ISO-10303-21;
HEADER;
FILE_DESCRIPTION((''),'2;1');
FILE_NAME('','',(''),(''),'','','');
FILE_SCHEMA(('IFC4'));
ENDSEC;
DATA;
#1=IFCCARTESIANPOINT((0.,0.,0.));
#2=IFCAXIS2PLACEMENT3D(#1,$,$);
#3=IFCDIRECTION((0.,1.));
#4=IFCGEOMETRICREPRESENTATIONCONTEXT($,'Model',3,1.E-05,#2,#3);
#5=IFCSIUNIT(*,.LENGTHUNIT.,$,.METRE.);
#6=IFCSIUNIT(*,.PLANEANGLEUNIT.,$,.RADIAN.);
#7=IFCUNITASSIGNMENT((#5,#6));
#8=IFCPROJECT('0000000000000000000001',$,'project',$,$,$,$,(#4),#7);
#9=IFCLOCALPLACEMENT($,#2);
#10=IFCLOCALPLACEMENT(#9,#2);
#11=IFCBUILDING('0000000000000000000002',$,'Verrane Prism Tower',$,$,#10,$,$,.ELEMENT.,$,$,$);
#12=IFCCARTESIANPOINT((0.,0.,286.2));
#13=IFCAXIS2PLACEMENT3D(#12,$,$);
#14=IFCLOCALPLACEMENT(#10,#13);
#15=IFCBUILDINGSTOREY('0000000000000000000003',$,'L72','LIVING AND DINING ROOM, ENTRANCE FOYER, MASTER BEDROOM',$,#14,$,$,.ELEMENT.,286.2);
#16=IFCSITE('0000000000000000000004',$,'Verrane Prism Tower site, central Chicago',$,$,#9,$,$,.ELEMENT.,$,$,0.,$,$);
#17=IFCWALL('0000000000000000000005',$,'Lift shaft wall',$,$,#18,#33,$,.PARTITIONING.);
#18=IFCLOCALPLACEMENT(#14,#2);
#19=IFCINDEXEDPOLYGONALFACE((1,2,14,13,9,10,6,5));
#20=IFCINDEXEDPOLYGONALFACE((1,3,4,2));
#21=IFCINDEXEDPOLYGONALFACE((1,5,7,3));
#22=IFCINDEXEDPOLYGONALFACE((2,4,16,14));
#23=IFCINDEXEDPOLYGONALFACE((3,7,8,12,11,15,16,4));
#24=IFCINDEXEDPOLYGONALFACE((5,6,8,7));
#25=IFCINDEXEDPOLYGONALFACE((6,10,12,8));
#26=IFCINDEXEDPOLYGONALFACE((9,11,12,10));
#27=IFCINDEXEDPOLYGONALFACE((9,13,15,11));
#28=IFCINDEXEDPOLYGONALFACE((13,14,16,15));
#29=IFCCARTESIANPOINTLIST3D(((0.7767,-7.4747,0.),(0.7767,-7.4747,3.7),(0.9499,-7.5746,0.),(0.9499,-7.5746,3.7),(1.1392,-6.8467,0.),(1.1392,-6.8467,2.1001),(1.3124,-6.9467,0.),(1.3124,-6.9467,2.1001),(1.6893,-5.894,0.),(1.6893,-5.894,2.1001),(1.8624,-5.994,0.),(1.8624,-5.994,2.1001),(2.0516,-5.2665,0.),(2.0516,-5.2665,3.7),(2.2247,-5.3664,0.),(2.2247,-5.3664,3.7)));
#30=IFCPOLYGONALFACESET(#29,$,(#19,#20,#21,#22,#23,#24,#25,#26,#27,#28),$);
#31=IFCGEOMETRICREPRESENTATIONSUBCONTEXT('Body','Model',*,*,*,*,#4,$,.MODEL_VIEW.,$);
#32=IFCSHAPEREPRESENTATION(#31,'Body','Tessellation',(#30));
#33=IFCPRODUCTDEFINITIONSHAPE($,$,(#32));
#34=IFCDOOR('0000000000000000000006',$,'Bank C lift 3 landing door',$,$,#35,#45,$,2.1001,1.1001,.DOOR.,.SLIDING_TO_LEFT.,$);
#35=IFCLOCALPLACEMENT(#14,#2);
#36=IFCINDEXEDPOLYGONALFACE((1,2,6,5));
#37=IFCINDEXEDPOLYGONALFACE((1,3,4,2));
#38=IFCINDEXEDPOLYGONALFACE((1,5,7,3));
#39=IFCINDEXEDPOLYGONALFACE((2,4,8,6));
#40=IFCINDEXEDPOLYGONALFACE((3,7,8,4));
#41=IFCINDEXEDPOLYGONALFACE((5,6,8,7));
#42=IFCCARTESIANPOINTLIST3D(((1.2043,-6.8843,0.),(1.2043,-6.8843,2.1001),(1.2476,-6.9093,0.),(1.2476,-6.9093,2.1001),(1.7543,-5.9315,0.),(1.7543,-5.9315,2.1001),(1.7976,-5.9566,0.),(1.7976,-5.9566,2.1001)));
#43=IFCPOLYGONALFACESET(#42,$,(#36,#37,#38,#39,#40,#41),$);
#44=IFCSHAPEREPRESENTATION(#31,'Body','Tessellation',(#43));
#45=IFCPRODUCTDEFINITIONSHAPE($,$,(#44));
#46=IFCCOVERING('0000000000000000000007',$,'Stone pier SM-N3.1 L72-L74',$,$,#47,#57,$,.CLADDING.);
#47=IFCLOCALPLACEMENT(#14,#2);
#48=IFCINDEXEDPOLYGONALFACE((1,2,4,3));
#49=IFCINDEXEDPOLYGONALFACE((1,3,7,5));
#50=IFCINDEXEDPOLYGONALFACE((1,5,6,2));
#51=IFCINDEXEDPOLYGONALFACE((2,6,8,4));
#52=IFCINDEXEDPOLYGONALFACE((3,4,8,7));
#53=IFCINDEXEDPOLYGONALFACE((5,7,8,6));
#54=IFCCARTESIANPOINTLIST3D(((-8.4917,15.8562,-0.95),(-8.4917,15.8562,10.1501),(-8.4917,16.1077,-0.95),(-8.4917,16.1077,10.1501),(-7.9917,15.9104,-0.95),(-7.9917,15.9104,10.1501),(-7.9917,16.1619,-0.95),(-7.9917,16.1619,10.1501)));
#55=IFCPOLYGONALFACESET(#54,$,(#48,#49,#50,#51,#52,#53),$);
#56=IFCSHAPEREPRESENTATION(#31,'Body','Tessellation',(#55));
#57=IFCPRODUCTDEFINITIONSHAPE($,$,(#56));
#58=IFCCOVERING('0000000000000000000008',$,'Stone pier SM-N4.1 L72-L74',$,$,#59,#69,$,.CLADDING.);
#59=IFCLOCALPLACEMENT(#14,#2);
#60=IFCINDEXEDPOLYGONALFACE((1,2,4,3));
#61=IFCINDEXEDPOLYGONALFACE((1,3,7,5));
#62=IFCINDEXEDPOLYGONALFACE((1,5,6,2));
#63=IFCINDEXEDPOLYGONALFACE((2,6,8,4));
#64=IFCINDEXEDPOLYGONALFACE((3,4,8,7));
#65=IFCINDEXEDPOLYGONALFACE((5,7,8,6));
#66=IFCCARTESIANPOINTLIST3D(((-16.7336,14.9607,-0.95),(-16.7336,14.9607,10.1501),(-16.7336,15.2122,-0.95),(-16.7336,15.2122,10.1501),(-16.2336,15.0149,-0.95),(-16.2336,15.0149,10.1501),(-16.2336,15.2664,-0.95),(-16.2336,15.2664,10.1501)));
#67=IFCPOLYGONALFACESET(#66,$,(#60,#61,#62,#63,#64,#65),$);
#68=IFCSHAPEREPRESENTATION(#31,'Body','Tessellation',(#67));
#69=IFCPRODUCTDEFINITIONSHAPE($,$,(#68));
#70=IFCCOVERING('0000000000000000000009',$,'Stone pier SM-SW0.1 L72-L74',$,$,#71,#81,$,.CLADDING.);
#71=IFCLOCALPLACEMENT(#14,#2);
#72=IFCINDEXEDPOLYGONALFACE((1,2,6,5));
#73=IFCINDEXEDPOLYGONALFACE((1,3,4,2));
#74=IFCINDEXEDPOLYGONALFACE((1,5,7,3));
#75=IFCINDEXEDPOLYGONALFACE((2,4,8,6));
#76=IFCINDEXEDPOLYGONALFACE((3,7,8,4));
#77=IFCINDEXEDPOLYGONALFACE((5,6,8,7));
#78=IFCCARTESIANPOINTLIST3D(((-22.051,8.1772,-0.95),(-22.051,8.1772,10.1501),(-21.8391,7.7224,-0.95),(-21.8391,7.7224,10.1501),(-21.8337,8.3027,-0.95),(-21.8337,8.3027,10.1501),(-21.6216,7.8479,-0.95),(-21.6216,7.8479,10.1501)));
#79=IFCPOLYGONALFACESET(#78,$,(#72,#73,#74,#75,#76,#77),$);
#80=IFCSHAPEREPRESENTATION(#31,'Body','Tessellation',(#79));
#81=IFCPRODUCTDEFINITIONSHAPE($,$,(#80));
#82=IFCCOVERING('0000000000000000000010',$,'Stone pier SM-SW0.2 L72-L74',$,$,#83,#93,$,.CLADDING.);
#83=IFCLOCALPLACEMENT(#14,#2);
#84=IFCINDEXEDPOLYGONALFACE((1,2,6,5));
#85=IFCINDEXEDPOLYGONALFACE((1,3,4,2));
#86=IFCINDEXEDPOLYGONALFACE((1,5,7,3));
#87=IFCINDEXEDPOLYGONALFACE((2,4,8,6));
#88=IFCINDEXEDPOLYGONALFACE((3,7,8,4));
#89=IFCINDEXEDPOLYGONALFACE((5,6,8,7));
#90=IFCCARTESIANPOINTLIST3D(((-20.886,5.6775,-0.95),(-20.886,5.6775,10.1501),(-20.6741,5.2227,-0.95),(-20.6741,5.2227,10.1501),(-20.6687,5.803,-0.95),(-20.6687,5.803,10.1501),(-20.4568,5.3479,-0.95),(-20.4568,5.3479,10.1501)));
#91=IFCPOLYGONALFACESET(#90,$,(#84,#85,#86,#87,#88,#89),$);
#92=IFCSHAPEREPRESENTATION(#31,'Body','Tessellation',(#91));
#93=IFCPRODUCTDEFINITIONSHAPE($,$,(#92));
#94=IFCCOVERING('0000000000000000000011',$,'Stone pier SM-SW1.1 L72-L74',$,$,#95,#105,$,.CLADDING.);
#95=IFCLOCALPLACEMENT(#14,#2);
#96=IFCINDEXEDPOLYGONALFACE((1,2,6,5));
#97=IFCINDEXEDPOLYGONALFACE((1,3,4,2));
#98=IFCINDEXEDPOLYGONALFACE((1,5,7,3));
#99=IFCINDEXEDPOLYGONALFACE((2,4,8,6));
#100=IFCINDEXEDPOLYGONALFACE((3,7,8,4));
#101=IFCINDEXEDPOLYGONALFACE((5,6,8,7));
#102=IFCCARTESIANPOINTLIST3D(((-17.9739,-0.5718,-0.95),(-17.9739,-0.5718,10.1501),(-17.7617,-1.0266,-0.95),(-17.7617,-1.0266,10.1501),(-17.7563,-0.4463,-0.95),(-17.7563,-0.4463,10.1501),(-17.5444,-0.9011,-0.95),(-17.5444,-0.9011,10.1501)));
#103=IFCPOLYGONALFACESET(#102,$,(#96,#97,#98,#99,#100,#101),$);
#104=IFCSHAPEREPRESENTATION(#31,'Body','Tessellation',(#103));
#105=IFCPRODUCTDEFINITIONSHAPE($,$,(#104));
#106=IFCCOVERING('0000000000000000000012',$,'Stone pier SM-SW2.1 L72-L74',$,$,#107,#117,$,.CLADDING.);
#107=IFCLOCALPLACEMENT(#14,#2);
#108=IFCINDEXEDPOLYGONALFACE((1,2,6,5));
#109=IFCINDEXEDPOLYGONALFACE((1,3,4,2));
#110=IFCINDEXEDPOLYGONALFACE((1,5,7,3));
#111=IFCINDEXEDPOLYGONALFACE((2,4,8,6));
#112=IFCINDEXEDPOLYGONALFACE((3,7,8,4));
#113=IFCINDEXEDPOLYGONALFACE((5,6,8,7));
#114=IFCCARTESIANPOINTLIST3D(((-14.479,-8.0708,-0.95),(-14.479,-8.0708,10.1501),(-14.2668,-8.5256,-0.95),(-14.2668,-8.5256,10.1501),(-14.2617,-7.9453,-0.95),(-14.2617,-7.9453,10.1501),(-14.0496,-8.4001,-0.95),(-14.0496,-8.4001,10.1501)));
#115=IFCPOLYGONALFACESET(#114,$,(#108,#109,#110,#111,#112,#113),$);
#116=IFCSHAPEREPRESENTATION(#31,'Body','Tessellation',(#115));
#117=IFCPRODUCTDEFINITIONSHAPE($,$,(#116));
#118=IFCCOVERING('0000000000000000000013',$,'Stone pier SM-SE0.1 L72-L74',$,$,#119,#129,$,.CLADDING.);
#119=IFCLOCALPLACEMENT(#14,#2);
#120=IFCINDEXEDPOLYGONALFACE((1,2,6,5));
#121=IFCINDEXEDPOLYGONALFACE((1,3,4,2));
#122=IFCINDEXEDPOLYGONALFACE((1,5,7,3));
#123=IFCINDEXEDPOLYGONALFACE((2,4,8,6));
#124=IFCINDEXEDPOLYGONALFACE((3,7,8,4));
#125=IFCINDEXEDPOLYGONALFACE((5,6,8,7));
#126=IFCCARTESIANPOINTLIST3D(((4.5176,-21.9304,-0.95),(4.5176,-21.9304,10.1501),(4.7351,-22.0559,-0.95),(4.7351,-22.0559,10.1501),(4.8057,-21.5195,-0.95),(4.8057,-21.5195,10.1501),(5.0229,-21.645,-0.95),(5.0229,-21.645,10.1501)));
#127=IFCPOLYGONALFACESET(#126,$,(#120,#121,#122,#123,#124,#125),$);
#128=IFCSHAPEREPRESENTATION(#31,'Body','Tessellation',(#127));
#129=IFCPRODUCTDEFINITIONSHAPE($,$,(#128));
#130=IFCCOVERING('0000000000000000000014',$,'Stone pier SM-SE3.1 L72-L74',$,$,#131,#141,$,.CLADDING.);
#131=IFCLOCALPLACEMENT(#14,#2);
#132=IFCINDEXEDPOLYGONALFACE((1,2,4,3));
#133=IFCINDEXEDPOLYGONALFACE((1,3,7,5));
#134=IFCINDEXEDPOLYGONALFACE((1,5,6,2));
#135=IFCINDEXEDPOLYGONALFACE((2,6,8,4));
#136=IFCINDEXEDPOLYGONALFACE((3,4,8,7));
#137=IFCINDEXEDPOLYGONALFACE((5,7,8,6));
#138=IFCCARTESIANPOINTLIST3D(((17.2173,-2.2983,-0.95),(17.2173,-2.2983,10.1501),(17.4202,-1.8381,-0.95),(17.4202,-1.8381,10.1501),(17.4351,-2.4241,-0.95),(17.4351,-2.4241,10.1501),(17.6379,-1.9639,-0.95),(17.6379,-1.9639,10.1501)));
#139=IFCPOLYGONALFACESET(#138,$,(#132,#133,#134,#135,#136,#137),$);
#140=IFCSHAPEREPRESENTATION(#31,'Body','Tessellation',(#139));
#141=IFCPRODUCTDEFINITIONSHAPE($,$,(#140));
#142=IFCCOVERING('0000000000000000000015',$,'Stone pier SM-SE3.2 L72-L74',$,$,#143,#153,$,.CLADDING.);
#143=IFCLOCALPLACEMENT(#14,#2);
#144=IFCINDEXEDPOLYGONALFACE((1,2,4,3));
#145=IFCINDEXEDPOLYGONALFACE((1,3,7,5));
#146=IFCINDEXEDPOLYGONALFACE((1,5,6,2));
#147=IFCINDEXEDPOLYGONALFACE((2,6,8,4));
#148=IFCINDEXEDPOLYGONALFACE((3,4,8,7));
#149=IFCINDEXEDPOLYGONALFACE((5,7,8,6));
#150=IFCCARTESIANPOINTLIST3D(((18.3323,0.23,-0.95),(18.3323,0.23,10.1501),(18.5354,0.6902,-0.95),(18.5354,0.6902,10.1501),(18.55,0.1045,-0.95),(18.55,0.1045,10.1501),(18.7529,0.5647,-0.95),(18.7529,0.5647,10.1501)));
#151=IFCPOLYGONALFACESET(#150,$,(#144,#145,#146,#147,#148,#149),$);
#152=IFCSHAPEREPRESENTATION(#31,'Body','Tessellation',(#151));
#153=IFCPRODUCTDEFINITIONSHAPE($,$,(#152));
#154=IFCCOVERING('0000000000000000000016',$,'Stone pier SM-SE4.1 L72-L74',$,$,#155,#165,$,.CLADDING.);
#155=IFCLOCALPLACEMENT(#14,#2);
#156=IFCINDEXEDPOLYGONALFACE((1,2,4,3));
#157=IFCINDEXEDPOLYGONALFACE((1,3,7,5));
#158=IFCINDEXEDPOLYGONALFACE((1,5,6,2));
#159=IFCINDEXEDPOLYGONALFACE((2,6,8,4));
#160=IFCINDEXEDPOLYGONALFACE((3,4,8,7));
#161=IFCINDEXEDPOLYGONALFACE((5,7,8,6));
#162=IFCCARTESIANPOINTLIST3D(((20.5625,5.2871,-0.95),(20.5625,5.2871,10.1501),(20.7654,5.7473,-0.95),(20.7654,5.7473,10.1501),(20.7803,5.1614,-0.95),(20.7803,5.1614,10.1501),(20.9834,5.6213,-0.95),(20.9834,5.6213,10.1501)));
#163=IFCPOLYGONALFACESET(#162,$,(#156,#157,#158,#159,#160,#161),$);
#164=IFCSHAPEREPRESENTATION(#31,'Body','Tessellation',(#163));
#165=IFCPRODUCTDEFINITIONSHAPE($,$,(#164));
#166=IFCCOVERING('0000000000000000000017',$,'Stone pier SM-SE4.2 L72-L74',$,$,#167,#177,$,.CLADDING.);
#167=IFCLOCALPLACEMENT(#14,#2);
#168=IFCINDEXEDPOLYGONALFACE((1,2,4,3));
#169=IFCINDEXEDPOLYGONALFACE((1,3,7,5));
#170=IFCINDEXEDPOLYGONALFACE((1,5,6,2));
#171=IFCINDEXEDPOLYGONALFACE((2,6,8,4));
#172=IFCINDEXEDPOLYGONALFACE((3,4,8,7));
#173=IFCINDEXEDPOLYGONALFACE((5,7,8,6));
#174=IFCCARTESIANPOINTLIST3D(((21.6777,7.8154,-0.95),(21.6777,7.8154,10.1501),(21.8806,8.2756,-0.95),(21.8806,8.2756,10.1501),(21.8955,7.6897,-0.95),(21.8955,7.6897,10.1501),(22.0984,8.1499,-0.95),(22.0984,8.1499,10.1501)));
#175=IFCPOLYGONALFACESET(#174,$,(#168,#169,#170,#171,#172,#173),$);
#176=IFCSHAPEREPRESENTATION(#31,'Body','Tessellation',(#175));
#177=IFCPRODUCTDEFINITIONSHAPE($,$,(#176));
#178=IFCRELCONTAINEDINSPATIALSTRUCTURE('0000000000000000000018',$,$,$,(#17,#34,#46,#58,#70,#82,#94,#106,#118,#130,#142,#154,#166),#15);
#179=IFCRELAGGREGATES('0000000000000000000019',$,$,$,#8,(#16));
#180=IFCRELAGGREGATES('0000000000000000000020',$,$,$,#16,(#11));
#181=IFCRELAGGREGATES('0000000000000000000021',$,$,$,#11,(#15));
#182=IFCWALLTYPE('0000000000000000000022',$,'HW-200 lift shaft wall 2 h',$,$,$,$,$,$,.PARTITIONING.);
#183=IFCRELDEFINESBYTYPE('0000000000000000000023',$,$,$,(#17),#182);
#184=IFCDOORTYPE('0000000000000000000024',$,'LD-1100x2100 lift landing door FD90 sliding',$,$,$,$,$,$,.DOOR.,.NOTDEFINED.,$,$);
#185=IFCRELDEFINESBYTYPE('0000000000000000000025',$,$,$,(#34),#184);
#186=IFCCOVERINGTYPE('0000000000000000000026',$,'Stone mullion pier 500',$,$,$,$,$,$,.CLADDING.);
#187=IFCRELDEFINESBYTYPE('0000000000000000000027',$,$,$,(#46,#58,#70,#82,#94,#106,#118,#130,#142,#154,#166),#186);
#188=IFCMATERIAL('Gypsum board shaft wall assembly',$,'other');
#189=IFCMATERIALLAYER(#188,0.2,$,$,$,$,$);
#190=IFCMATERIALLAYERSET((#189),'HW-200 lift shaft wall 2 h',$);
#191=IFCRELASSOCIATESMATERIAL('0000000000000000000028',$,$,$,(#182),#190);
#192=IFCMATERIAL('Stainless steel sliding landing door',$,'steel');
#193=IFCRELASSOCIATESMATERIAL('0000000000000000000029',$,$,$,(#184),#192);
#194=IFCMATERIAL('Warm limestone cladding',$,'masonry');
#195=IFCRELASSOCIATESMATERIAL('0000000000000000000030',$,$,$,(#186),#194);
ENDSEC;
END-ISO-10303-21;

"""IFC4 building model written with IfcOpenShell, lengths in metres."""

from ifc_helpers import new_model, si_unit, direction, frame, frame_2d, origin, place, context, subcontext, project, spatial, polyline, rectangle, outline, extrude, material, layer, layer_set, type_object, element, fill, save


model = new_model("IFC4")

# Units and contexts
model_context = context("Model", 3, precision=1e-05, world=origin(), true_north=direction((0.0, 1.0)))
body_context = subcontext(model_context, "Body", "Model", "MODEL_VIEW")
ifc_project = project(units=[si_unit("LENGTHUNIT", "METRE"), si_unit("PLANEANGLEUNIT", "RADIAN")], contexts=[model_context])

# Site, building, storey
site_placement = place(None, origin())
site = spatial("IfcSite", under=ifc_project, at=site_placement, Name="Verrane Prism Tower site, central Chicago", CompositionType="ELEMENT", RefElevation=0.0)
building_placement = place(site_placement, origin())
building = spatial("IfcBuilding", under=site, at=building_placement, Name="Verrane Prism Tower", CompositionType="ELEMENT")
storey_placement = place(building_placement, frame((0.0, 0.0, 286.2)))
storey = spatial("IfcBuildingStorey", under=building, at=storey_placement, Name="L72", Description="LIVING AND DINING ROOM, ENTRANCE FOYER, MASTER BEDROOM", CompositionType="ELEMENT", Elevation=286.2)

# Wall, opening, door
ifc_material_1 = material(Name="Gypsum board shaft wall assembly", Category="other")
ifc_layer_1 = layer(ifc_material_1, 0.2)
ifc_layer_set_1 = layer_set([ifc_layer_1], Name="HW-200 lift shaft wall 2 h")
wall_type = type_object("IfcWallType", Name="HW-200 lift shaft wall 2 h", PredefinedType="PARTITIONING", material=ifc_layer_set_1)
wall_placement = place(storey_placement, frame((0.8633, -7.5247, 0.0), z_axis=(0.0, 0.0, 1.0), x_axis=(0.49999, 0.866031, 0.0)))
wall = element("IfcWall", 1, at=wall_placement, inside=storey, type_object=wall_type, Name="Lift shaft wall", PredefinedType="PARTITIONING", context=body_context, shape_type="SweptSolid", body=[
    extrude(rectangle(XDim=2.5498, YDim=0.2, at=frame_2d((1.2749, 0.0))), origin(), (0.0, 0.0, 1.0), 3.7),
])
opening_placement = place(wall_placement, frame((0.7251, 0.0, 0.0)))
opening = element("IfcOpeningElement", 2, at=opening_placement, cuts=wall, PredefinedType="OPENING", context=body_context, shape_type="SweptSolid", body=[
    extrude(rectangle(XDim=1.1001, YDim=2.1001, at=frame_2d((0.55, 1.05))), frame((0.0, 0.1099, 0.0), z_axis=(0.0, -1.0, 0.0), x_axis=(1.0, 0.0, 0.0)), (0.0, 0.0, 1.0), 0.22),
])
ifc_material_2 = material(Name="Stainless steel sliding landing door", Category="steel")
door_type = type_object("IfcDoorType", Name="LD-1100x2100 lift landing door FD90 sliding", OperationType="NOTDEFINED", PredefinedType="DOOR", material=ifc_material_2)
door_placement = place(opening_placement, origin())
door = element("IfcDoor", 3, at=door_placement, inside=storey, type_object=door_type, Name="Bank C lift 3 landing door", OperationType="SLIDING_TO_LEFT", OverallHeight=2.1001, OverallWidth=1.1001, PredefinedType="DOOR", context=body_context, shape_type="SweptSolid", body=[
    extrude(rectangle(XDim=1.1001, YDim=2.1001, at=frame_2d((0.55, 1.05))), frame((0.0, 0.0249, 0.0), z_axis=(0.0, -1.0, 0.0), x_axis=(1.0, 0.0, 0.0)), (0.0, 0.0, 1.0), 0.05),
])
fill(opening, door)

# Coverings
ifc_material_3 = material(Name="Warm limestone cladding", Category="masonry")
covering_type_1 = type_object("IfcCoveringType", Name="Stone mullion pier 500", PredefinedType="CLADDING", material=ifc_material_3)
covering_1_placement = place(storey_placement, frame((0.0, 0.0, -0.95)))
element("IfcCovering", 4, at=covering_1_placement, inside=storey, type_object=covering_type_1, Name="Stone pier SM-N3.1 L72-L74", PredefinedType="CLADDING", context=body_context, shape_type="SweptSolid", body=[
    extrude(outline(polyline([(-8.4917, 15.8562), (-7.9917, 15.9104), (-7.9917, 16.1619), (-8.4917, 16.1077), (-8.4917, 15.8562)])), origin(), (0.0, 0.0, 1.0), 11.1001),
])
covering_2_placement = place(storey_placement, frame((0.0, 0.0, -0.95)))
element("IfcCovering", 5, at=covering_2_placement, inside=storey, type_object=covering_type_1, Name="Stone pier SM-N4.1 L72-L74", PredefinedType="CLADDING", context=body_context, shape_type="SweptSolid", body=[
    extrude(outline(polyline([(-16.7336, 14.9607), (-16.2336, 15.0149), (-16.2336, 15.2664), (-16.7336, 15.2122), (-16.7336, 14.9607)])), origin(), (0.0, 0.0, 1.0), 11.1001),
])
covering_3_placement = place(storey_placement, frame((0.0, 0.0, -0.95)))
element("IfcCovering", 6, at=covering_3_placement, inside=storey, type_object=covering_type_1, Name="Stone pier SM-SW0.1 L72-L74", PredefinedType="CLADDING", context=body_context, shape_type="SweptSolid", body=[
    extrude(outline(polyline([(-21.6216, 7.8479), (-21.8337, 8.3027), (-22.051, 8.1772), (-21.8391, 7.7224), (-21.6216, 7.8479)])), origin(), (0.0, 0.0, 1.0), 11.1001),
])
covering_4_placement = place(storey_placement, frame((0.0, 0.0, -0.95)))
element("IfcCovering", 7, at=covering_4_placement, inside=storey, type_object=covering_type_1, Name="Stone pier SM-SW0.2 L72-L74", PredefinedType="CLADDING", context=body_context, shape_type="SweptSolid", body=[
    extrude(outline(polyline([(-20.4568, 5.3479), (-20.6687, 5.803), (-20.886, 5.6775), (-20.6741, 5.2227), (-20.4568, 5.3479)])), origin(), (0.0, 0.0, 1.0), 11.1001),
])
covering_5_placement = place(storey_placement, frame((0.0, 0.0, -0.95)))
element("IfcCovering", 8, at=covering_5_placement, inside=storey, type_object=covering_type_1, Name="Stone pier SM-SW1.1 L72-L74", PredefinedType="CLADDING", context=body_context, shape_type="SweptSolid", body=[
    extrude(outline(polyline([(-17.5444, -0.9011), (-17.7563, -0.4463), (-17.9739, -0.5718), (-17.7617, -1.0266), (-17.5444, -0.9011)])), origin(), (0.0, 0.0, 1.0), 11.1001),
])
covering_6_placement = place(storey_placement, frame((0.0, 0.0, -0.95)))
element("IfcCovering", 9, at=covering_6_placement, inside=storey, type_object=covering_type_1, Name="Stone pier SM-SW2.1 L72-L74", PredefinedType="CLADDING", context=body_context, shape_type="SweptSolid", body=[
    extrude(outline(polyline([(-14.0496, -8.4001), (-14.2617, -7.9453), (-14.479, -8.0708), (-14.2668, -8.5256), (-14.0496, -8.4001)])), origin(), (0.0, 0.0, 1.0), 11.1001),
])
covering_7_placement = place(storey_placement, frame((0.0, 0.0, -0.95)))
element("IfcCovering", 10, at=covering_7_placement, inside=storey, type_object=covering_type_1, Name="Stone pier SM-SE0.1 L72-L74", PredefinedType="CLADDING", context=body_context, shape_type="SweptSolid", body=[
    extrude(outline(polyline([(4.8057, -21.5195), (4.5176, -21.9304), (4.7351, -22.0559), (5.0229, -21.645), (4.8057, -21.5195)])), origin(), (0.0, 0.0, 1.0), 11.1001),
])
covering_8_placement = place(storey_placement, frame((0.0, 0.0, -0.95)))
element("IfcCovering", 11, at=covering_8_placement, inside=storey, type_object=covering_type_1, Name="Stone pier SM-SE3.1 L72-L74", PredefinedType="CLADDING", context=body_context, shape_type="SweptSolid", body=[
    extrude(outline(polyline([(17.4202, -1.8381), (17.2173, -2.2983), (17.4351, -2.4241), (17.6379, -1.9639), (17.4202, -1.8381)])), origin(), (0.0, 0.0, 1.0), 11.1001),
])
covering_9_placement = place(storey_placement, frame((0.0, 0.0, -0.95)))
element("IfcCovering", 12, at=covering_9_placement, inside=storey, type_object=covering_type_1, Name="Stone pier SM-SE3.2 L72-L74", PredefinedType="CLADDING", context=body_context, shape_type="SweptSolid", body=[
    extrude(outline(polyline([(18.5354, 0.6902), (18.3323, 0.23), (18.55, 0.1045), (18.7529, 0.5647), (18.5354, 0.6902)])), origin(), (0.0, 0.0, 1.0), 11.1001),
])
covering_10_placement = place(storey_placement, frame((0.0, 0.0, -0.95)))
element("IfcCovering", 13, at=covering_10_placement, inside=storey, type_object=covering_type_1, Name="Stone pier SM-SE4.1 L72-L74", PredefinedType="CLADDING", context=body_context, shape_type="SweptSolid", body=[
    extrude(outline(polyline([(20.7654, 5.7473), (20.5625, 5.2871), (20.7803, 5.1614), (20.9834, 5.6213), (20.7654, 5.7473)])), origin(), (0.0, 0.0, 1.0), 11.1001),
])
covering_11_placement = place(storey_placement, frame((0.0, 0.0, -0.95)))
element("IfcCovering", 14, at=covering_11_placement, inside=storey, type_object=covering_type_1, Name="Stone pier SM-SE4.2 L72-L74", PredefinedType="CLADDING", context=body_context, shape_type="SweptSolid", body=[
    extrude(outline(polyline([(21.8806, 8.2756), (21.6777, 7.8154), (21.8955, 7.6897), (22.0984, 8.1499), (21.8806, 8.2756)])), origin(), (0.0, 0.0, 1.0), 11.1001),
])

save(model, "model.ifc")
